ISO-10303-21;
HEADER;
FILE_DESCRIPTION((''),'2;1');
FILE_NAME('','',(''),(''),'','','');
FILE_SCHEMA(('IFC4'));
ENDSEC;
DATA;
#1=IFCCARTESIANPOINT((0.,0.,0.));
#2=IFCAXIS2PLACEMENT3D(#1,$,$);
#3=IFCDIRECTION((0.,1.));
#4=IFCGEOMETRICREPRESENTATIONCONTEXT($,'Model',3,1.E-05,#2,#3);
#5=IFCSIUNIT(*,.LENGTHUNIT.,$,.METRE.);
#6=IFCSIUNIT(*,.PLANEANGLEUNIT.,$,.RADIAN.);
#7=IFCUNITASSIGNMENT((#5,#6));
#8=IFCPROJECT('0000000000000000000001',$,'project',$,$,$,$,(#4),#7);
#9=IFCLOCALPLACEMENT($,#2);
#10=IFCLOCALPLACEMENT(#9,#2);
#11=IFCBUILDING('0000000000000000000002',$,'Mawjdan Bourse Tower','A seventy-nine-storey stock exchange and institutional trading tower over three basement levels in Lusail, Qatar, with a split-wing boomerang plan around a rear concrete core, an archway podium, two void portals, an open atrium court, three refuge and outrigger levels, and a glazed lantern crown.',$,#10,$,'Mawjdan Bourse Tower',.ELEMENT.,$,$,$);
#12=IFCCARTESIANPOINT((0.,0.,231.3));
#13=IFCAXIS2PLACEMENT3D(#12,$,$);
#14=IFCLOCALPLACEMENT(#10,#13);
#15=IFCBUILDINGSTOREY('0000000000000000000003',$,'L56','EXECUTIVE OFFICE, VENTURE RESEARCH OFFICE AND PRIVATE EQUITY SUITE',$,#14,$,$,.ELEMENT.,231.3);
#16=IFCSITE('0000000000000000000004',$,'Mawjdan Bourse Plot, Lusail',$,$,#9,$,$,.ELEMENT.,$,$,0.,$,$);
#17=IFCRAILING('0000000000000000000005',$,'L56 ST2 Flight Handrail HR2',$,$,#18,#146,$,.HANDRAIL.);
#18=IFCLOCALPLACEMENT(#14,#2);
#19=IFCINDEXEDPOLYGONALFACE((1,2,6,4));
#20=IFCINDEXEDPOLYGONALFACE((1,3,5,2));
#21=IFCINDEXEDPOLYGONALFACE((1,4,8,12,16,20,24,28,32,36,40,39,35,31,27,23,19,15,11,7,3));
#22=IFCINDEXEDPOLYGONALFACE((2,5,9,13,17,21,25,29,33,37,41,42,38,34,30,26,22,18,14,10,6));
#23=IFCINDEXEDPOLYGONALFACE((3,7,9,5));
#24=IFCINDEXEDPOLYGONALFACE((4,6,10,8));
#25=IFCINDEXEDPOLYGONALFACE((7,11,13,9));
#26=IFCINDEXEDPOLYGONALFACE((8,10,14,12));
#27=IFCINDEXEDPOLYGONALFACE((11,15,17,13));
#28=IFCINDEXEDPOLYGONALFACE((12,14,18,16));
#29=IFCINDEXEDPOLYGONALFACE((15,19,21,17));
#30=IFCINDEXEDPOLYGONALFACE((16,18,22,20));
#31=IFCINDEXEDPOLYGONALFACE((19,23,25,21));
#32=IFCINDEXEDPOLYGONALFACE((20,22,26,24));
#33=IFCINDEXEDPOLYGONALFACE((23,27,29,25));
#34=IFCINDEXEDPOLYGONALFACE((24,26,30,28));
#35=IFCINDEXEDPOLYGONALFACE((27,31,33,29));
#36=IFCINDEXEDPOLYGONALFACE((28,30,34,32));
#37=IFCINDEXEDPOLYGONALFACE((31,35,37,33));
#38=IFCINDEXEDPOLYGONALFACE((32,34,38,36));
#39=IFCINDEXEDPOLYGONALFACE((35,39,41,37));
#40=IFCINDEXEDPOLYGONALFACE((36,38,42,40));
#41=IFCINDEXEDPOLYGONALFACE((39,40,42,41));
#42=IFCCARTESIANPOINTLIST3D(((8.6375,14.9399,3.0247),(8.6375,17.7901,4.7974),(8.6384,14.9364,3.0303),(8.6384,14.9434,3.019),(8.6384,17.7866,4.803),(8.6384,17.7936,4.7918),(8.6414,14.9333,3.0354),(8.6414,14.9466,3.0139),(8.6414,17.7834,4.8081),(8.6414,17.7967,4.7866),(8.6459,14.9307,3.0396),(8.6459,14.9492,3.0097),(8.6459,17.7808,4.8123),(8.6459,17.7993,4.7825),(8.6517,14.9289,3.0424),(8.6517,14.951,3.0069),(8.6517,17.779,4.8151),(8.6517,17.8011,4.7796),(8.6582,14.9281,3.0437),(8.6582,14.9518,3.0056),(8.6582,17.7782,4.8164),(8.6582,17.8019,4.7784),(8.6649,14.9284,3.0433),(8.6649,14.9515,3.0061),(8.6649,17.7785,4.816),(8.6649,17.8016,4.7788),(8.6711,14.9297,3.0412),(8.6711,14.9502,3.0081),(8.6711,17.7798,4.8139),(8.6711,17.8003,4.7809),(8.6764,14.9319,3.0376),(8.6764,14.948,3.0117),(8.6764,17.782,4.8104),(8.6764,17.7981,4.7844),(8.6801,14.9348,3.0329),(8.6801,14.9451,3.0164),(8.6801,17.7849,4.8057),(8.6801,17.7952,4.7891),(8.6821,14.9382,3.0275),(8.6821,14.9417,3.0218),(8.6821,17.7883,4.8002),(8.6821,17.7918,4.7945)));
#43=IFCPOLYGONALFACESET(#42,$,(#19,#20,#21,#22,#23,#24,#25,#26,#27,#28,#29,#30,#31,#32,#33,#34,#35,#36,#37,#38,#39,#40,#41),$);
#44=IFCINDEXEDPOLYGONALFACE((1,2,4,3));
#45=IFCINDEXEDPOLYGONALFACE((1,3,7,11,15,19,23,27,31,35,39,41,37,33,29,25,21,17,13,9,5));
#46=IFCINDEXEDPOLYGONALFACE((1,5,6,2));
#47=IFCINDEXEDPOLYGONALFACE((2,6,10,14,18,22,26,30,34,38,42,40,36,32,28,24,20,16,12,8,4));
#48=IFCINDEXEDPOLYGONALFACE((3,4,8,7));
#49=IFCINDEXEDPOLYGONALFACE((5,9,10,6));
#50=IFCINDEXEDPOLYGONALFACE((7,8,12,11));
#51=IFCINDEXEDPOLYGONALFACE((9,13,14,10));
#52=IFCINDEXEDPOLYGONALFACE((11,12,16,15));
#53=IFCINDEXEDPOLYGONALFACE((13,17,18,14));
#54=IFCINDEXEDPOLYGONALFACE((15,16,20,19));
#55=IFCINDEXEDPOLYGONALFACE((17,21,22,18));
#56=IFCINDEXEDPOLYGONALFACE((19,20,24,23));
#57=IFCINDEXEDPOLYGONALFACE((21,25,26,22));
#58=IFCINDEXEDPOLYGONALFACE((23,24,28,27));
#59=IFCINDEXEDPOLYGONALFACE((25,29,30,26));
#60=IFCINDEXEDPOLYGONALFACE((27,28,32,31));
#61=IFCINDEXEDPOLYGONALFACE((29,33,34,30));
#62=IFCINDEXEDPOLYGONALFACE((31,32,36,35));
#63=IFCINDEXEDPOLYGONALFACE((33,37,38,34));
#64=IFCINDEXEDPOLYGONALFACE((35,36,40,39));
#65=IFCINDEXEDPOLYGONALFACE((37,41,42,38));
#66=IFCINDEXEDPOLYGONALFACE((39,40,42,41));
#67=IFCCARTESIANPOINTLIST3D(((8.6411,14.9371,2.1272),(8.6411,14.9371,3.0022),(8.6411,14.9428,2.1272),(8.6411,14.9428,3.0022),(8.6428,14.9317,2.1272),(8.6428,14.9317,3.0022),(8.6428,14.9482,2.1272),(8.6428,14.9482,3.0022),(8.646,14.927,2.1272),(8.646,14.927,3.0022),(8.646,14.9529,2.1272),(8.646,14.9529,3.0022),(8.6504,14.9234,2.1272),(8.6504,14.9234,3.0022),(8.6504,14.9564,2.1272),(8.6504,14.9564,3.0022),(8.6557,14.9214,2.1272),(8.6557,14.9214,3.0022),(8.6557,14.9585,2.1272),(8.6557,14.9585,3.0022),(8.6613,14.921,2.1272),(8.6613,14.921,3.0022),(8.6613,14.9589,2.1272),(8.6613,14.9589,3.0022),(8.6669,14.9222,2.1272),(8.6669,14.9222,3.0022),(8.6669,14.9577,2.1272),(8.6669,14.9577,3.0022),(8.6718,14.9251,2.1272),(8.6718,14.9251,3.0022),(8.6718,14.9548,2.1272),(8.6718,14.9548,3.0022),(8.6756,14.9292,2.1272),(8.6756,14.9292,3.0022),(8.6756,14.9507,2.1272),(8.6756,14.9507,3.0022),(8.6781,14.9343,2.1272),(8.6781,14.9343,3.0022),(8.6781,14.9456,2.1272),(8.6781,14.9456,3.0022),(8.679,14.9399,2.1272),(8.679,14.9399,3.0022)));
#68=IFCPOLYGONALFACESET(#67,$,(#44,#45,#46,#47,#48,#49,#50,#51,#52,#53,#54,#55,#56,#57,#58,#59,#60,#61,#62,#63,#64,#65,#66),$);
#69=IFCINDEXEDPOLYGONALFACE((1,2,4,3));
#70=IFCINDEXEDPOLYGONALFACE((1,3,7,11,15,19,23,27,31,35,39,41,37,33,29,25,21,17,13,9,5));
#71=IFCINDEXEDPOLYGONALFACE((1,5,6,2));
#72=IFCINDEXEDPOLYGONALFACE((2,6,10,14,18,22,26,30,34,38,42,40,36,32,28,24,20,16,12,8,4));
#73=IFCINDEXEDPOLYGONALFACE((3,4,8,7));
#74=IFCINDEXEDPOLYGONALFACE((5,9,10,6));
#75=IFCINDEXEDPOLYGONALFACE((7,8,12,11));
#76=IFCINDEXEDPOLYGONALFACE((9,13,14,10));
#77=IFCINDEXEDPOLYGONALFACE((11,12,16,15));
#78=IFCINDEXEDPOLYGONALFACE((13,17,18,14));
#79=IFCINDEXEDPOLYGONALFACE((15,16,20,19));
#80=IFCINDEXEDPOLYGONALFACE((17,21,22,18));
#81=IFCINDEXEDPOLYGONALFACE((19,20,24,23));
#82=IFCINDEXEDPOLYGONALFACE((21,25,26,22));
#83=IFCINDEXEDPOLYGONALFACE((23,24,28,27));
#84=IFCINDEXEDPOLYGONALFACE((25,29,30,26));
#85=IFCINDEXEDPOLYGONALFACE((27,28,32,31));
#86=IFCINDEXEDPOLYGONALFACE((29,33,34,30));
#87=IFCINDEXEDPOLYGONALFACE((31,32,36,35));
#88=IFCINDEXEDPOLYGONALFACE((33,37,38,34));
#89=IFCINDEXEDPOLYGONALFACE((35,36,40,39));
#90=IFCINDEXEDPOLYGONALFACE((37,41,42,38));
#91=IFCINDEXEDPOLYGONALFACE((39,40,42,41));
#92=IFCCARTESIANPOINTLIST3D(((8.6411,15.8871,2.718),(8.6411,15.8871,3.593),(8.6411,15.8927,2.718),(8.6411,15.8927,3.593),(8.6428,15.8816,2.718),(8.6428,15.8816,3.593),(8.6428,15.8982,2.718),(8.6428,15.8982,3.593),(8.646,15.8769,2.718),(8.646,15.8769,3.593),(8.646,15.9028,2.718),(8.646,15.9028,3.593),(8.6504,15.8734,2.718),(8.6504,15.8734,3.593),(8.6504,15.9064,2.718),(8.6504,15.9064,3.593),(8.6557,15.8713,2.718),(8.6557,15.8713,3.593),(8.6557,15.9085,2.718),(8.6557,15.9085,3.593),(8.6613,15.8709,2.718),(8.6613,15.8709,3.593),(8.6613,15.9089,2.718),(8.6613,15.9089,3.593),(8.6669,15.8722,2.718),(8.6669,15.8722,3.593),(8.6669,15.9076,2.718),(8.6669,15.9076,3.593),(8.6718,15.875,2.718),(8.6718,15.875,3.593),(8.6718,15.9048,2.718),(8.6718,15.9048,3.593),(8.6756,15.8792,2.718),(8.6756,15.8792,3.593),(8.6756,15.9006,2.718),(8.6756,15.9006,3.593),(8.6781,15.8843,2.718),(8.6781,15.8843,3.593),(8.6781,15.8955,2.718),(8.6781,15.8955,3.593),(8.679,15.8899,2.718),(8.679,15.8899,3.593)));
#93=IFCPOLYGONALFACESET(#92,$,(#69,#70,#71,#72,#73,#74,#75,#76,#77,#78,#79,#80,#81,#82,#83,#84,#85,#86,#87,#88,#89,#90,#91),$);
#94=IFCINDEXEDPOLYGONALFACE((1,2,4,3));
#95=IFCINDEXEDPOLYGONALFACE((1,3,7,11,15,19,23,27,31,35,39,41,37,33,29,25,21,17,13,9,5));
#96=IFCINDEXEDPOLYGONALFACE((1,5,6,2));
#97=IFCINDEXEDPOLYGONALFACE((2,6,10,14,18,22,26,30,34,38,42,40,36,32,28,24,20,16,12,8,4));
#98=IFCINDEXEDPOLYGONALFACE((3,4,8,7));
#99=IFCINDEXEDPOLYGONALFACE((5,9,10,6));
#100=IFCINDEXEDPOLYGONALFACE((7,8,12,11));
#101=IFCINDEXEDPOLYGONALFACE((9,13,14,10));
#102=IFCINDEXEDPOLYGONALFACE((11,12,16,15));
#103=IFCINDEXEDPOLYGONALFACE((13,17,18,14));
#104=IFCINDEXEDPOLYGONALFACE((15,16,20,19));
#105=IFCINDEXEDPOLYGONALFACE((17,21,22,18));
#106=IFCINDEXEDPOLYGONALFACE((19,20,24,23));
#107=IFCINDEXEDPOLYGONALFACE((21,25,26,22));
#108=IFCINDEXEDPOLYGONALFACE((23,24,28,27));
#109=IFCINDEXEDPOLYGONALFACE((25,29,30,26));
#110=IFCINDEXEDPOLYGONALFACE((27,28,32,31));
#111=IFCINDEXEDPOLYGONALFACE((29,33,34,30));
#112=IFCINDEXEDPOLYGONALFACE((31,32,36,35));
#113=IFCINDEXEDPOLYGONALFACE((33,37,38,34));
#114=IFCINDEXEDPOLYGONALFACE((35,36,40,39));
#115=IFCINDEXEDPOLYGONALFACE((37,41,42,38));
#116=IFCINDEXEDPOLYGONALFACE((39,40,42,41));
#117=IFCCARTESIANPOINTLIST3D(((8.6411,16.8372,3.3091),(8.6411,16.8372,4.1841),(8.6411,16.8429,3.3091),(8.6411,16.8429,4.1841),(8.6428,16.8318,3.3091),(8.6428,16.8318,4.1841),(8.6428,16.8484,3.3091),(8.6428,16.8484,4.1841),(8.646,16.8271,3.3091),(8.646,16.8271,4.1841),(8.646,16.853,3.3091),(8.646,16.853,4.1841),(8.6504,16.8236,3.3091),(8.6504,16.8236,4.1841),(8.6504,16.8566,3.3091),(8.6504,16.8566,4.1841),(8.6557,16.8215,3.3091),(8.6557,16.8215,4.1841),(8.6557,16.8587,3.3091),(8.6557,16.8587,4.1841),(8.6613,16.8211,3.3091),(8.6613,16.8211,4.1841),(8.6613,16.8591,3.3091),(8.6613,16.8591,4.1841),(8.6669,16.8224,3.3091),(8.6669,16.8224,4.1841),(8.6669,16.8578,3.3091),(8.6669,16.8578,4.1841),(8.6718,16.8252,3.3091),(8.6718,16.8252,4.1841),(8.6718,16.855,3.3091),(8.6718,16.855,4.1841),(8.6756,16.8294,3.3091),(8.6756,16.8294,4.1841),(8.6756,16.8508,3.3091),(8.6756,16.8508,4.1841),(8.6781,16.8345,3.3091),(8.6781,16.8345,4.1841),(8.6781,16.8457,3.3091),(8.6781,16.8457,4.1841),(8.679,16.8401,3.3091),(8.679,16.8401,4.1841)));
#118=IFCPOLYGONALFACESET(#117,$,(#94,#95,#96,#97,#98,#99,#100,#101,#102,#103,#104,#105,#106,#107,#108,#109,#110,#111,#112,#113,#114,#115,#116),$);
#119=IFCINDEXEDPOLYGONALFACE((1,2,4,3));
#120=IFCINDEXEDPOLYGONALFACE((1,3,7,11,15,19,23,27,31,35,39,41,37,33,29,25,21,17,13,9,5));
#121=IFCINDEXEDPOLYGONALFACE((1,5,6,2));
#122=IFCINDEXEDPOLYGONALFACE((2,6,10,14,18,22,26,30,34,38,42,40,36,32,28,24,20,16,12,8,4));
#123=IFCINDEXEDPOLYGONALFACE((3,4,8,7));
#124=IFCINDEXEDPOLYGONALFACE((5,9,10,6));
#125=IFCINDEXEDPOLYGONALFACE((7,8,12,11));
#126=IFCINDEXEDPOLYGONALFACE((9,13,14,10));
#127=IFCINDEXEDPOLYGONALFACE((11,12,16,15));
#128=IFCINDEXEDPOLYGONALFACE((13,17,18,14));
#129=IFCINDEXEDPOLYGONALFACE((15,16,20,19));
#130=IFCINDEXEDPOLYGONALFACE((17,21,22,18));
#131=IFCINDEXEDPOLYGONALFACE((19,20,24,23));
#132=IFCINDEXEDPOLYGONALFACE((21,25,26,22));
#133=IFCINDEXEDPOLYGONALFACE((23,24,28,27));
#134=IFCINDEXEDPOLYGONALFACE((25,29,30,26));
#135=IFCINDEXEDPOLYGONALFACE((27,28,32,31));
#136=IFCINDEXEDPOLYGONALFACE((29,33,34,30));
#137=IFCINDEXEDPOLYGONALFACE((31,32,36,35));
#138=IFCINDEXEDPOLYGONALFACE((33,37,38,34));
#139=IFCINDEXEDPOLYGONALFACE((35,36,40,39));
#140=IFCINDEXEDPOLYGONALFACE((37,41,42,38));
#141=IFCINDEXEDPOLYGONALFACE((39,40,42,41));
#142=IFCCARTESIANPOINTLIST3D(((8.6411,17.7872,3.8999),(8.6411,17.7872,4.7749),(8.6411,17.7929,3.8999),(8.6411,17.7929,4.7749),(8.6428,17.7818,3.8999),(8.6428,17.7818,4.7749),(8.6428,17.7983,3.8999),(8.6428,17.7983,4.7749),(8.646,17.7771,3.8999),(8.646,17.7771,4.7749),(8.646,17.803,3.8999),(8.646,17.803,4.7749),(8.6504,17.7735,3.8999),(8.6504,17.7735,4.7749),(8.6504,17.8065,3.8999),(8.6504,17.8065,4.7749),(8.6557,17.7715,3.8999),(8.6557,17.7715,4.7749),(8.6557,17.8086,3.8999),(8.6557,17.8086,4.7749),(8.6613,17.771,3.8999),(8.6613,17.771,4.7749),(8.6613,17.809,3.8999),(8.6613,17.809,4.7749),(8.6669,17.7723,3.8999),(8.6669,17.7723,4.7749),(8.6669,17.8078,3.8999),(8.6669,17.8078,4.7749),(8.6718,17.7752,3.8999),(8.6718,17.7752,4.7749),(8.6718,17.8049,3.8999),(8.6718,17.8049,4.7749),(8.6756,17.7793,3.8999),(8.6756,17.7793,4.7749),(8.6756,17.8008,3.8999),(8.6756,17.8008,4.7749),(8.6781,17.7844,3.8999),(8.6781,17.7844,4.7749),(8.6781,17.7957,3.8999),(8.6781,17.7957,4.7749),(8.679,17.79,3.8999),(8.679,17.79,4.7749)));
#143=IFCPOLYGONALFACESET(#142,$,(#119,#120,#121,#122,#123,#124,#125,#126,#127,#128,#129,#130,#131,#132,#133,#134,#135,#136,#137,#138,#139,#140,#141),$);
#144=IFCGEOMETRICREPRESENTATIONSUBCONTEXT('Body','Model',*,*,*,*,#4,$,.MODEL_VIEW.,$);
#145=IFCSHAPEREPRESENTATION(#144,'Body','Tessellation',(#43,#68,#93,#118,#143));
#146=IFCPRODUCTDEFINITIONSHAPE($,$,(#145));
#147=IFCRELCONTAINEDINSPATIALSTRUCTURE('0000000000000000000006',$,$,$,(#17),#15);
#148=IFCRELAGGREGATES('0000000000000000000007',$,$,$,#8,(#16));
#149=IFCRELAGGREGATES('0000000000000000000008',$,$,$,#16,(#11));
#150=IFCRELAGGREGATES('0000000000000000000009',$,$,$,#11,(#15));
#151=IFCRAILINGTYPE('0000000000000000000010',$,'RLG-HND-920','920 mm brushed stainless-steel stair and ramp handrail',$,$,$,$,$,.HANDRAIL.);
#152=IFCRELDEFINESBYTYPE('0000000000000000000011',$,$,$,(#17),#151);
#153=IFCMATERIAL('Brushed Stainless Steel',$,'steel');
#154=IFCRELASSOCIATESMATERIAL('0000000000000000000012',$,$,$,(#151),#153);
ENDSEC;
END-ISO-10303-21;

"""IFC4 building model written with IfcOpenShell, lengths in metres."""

from ifc_helpers import new_model, si_unit, direction, frame, origin, origin_2d, place, context, subcontext, project, spatial, circle, extrude, material, type_object, element, save


model = new_model("IFC4")

# Units and contexts
model_context = context("Model", 3, precision=1e-05, world=origin(), true_north=direction((0.0, 1.0)))
body_context = subcontext(model_context, "Body", "Model", "MODEL_VIEW")
ifc_project = project(units=[si_unit("LENGTHUNIT", "METRE"), si_unit("PLANEANGLEUNIT", "RADIAN")], contexts=[model_context])

# Site, building, storey
site_placement = place(None, origin())
site = spatial("IfcSite", under=ifc_project, at=site_placement, Name="Mawjdan Bourse Plot, Lusail", CompositionType="ELEMENT", RefElevation=0.0)
building_placement = place(site_placement, origin())
building = spatial("IfcBuilding", under=site, at=building_placement, Name="Mawjdan Bourse Tower", Description="A seventy-nine-storey stock exchange and institutional trading tower over three basement levels in Lusail, Qatar, with a split-wing boomerang plan around a rear concrete core, an archway podium, two void portals, an open atrium court, three refuge and outrigger levels, and a glazed lantern crown.", LongName="Mawjdan Bourse Tower", CompositionType="ELEMENT")
storey_placement = place(building_placement, frame((0.0, 0.0, 231.3)))
storey = spatial("IfcBuildingStorey", under=building, at=storey_placement, Name="L56", Description="EXECUTIVE OFFICE, VENTURE RESEARCH OFFICE AND PRIVATE EQUITY SUITE", CompositionType="ELEMENT", Elevation=231.3)

# Railing
ifc_material_1 = material(Name="Brushed Stainless Steel", Category="steel")
railing_type_1 = type_object("IfcRailingType", Name="RLG-HND-920", Description="920 mm brushed stainless-steel stair and ramp handrail", PredefinedType="HANDRAIL", material=ifc_material_1)
for number, where, name in (
    (1, (8.6599, 14.9399, 2.1272), "L56 ST2 Flight Handrail HR2"),
):
    element("IfcRailing", number, at=place(storey_placement, frame(where)), inside=storey, type_object=railing_type_1, Name=name, PredefinedType="HANDRAIL", context=body_context, shape_type="SweptSolid", body=[
        extrude(circle(Radius=0.0225, at=origin_2d()), frame((0.0, 0.0, 0.8975), z_axis=(0.0, 0.849149, 0.528154), x_axis=(-1.0, 0.0, 0.0)), (0.0, 0.0, 1.0), 3.3564),
        extrude(circle(Radius=0.019, at=origin_2d()), origin(), (0.0, 0.0, 1.0), 0.875),
        extrude(circle(Radius=0.019, at=origin_2d()), frame((0.0, 0.95, 0.5908)), (0.0, 0.0, 1.0), 0.875),
        extrude(circle(Radius=0.019, at=origin_2d()), frame((0.0, 1.9001, 1.1819)), (0.0, 0.0, 1.0), 0.875),
        extrude(circle(Radius=0.019, at=origin_2d()), frame((0.0, 2.8501, 1.7727)), (0.0, 0.0, 1.0), 0.875),
    ])

save(model, "model.ifc")
